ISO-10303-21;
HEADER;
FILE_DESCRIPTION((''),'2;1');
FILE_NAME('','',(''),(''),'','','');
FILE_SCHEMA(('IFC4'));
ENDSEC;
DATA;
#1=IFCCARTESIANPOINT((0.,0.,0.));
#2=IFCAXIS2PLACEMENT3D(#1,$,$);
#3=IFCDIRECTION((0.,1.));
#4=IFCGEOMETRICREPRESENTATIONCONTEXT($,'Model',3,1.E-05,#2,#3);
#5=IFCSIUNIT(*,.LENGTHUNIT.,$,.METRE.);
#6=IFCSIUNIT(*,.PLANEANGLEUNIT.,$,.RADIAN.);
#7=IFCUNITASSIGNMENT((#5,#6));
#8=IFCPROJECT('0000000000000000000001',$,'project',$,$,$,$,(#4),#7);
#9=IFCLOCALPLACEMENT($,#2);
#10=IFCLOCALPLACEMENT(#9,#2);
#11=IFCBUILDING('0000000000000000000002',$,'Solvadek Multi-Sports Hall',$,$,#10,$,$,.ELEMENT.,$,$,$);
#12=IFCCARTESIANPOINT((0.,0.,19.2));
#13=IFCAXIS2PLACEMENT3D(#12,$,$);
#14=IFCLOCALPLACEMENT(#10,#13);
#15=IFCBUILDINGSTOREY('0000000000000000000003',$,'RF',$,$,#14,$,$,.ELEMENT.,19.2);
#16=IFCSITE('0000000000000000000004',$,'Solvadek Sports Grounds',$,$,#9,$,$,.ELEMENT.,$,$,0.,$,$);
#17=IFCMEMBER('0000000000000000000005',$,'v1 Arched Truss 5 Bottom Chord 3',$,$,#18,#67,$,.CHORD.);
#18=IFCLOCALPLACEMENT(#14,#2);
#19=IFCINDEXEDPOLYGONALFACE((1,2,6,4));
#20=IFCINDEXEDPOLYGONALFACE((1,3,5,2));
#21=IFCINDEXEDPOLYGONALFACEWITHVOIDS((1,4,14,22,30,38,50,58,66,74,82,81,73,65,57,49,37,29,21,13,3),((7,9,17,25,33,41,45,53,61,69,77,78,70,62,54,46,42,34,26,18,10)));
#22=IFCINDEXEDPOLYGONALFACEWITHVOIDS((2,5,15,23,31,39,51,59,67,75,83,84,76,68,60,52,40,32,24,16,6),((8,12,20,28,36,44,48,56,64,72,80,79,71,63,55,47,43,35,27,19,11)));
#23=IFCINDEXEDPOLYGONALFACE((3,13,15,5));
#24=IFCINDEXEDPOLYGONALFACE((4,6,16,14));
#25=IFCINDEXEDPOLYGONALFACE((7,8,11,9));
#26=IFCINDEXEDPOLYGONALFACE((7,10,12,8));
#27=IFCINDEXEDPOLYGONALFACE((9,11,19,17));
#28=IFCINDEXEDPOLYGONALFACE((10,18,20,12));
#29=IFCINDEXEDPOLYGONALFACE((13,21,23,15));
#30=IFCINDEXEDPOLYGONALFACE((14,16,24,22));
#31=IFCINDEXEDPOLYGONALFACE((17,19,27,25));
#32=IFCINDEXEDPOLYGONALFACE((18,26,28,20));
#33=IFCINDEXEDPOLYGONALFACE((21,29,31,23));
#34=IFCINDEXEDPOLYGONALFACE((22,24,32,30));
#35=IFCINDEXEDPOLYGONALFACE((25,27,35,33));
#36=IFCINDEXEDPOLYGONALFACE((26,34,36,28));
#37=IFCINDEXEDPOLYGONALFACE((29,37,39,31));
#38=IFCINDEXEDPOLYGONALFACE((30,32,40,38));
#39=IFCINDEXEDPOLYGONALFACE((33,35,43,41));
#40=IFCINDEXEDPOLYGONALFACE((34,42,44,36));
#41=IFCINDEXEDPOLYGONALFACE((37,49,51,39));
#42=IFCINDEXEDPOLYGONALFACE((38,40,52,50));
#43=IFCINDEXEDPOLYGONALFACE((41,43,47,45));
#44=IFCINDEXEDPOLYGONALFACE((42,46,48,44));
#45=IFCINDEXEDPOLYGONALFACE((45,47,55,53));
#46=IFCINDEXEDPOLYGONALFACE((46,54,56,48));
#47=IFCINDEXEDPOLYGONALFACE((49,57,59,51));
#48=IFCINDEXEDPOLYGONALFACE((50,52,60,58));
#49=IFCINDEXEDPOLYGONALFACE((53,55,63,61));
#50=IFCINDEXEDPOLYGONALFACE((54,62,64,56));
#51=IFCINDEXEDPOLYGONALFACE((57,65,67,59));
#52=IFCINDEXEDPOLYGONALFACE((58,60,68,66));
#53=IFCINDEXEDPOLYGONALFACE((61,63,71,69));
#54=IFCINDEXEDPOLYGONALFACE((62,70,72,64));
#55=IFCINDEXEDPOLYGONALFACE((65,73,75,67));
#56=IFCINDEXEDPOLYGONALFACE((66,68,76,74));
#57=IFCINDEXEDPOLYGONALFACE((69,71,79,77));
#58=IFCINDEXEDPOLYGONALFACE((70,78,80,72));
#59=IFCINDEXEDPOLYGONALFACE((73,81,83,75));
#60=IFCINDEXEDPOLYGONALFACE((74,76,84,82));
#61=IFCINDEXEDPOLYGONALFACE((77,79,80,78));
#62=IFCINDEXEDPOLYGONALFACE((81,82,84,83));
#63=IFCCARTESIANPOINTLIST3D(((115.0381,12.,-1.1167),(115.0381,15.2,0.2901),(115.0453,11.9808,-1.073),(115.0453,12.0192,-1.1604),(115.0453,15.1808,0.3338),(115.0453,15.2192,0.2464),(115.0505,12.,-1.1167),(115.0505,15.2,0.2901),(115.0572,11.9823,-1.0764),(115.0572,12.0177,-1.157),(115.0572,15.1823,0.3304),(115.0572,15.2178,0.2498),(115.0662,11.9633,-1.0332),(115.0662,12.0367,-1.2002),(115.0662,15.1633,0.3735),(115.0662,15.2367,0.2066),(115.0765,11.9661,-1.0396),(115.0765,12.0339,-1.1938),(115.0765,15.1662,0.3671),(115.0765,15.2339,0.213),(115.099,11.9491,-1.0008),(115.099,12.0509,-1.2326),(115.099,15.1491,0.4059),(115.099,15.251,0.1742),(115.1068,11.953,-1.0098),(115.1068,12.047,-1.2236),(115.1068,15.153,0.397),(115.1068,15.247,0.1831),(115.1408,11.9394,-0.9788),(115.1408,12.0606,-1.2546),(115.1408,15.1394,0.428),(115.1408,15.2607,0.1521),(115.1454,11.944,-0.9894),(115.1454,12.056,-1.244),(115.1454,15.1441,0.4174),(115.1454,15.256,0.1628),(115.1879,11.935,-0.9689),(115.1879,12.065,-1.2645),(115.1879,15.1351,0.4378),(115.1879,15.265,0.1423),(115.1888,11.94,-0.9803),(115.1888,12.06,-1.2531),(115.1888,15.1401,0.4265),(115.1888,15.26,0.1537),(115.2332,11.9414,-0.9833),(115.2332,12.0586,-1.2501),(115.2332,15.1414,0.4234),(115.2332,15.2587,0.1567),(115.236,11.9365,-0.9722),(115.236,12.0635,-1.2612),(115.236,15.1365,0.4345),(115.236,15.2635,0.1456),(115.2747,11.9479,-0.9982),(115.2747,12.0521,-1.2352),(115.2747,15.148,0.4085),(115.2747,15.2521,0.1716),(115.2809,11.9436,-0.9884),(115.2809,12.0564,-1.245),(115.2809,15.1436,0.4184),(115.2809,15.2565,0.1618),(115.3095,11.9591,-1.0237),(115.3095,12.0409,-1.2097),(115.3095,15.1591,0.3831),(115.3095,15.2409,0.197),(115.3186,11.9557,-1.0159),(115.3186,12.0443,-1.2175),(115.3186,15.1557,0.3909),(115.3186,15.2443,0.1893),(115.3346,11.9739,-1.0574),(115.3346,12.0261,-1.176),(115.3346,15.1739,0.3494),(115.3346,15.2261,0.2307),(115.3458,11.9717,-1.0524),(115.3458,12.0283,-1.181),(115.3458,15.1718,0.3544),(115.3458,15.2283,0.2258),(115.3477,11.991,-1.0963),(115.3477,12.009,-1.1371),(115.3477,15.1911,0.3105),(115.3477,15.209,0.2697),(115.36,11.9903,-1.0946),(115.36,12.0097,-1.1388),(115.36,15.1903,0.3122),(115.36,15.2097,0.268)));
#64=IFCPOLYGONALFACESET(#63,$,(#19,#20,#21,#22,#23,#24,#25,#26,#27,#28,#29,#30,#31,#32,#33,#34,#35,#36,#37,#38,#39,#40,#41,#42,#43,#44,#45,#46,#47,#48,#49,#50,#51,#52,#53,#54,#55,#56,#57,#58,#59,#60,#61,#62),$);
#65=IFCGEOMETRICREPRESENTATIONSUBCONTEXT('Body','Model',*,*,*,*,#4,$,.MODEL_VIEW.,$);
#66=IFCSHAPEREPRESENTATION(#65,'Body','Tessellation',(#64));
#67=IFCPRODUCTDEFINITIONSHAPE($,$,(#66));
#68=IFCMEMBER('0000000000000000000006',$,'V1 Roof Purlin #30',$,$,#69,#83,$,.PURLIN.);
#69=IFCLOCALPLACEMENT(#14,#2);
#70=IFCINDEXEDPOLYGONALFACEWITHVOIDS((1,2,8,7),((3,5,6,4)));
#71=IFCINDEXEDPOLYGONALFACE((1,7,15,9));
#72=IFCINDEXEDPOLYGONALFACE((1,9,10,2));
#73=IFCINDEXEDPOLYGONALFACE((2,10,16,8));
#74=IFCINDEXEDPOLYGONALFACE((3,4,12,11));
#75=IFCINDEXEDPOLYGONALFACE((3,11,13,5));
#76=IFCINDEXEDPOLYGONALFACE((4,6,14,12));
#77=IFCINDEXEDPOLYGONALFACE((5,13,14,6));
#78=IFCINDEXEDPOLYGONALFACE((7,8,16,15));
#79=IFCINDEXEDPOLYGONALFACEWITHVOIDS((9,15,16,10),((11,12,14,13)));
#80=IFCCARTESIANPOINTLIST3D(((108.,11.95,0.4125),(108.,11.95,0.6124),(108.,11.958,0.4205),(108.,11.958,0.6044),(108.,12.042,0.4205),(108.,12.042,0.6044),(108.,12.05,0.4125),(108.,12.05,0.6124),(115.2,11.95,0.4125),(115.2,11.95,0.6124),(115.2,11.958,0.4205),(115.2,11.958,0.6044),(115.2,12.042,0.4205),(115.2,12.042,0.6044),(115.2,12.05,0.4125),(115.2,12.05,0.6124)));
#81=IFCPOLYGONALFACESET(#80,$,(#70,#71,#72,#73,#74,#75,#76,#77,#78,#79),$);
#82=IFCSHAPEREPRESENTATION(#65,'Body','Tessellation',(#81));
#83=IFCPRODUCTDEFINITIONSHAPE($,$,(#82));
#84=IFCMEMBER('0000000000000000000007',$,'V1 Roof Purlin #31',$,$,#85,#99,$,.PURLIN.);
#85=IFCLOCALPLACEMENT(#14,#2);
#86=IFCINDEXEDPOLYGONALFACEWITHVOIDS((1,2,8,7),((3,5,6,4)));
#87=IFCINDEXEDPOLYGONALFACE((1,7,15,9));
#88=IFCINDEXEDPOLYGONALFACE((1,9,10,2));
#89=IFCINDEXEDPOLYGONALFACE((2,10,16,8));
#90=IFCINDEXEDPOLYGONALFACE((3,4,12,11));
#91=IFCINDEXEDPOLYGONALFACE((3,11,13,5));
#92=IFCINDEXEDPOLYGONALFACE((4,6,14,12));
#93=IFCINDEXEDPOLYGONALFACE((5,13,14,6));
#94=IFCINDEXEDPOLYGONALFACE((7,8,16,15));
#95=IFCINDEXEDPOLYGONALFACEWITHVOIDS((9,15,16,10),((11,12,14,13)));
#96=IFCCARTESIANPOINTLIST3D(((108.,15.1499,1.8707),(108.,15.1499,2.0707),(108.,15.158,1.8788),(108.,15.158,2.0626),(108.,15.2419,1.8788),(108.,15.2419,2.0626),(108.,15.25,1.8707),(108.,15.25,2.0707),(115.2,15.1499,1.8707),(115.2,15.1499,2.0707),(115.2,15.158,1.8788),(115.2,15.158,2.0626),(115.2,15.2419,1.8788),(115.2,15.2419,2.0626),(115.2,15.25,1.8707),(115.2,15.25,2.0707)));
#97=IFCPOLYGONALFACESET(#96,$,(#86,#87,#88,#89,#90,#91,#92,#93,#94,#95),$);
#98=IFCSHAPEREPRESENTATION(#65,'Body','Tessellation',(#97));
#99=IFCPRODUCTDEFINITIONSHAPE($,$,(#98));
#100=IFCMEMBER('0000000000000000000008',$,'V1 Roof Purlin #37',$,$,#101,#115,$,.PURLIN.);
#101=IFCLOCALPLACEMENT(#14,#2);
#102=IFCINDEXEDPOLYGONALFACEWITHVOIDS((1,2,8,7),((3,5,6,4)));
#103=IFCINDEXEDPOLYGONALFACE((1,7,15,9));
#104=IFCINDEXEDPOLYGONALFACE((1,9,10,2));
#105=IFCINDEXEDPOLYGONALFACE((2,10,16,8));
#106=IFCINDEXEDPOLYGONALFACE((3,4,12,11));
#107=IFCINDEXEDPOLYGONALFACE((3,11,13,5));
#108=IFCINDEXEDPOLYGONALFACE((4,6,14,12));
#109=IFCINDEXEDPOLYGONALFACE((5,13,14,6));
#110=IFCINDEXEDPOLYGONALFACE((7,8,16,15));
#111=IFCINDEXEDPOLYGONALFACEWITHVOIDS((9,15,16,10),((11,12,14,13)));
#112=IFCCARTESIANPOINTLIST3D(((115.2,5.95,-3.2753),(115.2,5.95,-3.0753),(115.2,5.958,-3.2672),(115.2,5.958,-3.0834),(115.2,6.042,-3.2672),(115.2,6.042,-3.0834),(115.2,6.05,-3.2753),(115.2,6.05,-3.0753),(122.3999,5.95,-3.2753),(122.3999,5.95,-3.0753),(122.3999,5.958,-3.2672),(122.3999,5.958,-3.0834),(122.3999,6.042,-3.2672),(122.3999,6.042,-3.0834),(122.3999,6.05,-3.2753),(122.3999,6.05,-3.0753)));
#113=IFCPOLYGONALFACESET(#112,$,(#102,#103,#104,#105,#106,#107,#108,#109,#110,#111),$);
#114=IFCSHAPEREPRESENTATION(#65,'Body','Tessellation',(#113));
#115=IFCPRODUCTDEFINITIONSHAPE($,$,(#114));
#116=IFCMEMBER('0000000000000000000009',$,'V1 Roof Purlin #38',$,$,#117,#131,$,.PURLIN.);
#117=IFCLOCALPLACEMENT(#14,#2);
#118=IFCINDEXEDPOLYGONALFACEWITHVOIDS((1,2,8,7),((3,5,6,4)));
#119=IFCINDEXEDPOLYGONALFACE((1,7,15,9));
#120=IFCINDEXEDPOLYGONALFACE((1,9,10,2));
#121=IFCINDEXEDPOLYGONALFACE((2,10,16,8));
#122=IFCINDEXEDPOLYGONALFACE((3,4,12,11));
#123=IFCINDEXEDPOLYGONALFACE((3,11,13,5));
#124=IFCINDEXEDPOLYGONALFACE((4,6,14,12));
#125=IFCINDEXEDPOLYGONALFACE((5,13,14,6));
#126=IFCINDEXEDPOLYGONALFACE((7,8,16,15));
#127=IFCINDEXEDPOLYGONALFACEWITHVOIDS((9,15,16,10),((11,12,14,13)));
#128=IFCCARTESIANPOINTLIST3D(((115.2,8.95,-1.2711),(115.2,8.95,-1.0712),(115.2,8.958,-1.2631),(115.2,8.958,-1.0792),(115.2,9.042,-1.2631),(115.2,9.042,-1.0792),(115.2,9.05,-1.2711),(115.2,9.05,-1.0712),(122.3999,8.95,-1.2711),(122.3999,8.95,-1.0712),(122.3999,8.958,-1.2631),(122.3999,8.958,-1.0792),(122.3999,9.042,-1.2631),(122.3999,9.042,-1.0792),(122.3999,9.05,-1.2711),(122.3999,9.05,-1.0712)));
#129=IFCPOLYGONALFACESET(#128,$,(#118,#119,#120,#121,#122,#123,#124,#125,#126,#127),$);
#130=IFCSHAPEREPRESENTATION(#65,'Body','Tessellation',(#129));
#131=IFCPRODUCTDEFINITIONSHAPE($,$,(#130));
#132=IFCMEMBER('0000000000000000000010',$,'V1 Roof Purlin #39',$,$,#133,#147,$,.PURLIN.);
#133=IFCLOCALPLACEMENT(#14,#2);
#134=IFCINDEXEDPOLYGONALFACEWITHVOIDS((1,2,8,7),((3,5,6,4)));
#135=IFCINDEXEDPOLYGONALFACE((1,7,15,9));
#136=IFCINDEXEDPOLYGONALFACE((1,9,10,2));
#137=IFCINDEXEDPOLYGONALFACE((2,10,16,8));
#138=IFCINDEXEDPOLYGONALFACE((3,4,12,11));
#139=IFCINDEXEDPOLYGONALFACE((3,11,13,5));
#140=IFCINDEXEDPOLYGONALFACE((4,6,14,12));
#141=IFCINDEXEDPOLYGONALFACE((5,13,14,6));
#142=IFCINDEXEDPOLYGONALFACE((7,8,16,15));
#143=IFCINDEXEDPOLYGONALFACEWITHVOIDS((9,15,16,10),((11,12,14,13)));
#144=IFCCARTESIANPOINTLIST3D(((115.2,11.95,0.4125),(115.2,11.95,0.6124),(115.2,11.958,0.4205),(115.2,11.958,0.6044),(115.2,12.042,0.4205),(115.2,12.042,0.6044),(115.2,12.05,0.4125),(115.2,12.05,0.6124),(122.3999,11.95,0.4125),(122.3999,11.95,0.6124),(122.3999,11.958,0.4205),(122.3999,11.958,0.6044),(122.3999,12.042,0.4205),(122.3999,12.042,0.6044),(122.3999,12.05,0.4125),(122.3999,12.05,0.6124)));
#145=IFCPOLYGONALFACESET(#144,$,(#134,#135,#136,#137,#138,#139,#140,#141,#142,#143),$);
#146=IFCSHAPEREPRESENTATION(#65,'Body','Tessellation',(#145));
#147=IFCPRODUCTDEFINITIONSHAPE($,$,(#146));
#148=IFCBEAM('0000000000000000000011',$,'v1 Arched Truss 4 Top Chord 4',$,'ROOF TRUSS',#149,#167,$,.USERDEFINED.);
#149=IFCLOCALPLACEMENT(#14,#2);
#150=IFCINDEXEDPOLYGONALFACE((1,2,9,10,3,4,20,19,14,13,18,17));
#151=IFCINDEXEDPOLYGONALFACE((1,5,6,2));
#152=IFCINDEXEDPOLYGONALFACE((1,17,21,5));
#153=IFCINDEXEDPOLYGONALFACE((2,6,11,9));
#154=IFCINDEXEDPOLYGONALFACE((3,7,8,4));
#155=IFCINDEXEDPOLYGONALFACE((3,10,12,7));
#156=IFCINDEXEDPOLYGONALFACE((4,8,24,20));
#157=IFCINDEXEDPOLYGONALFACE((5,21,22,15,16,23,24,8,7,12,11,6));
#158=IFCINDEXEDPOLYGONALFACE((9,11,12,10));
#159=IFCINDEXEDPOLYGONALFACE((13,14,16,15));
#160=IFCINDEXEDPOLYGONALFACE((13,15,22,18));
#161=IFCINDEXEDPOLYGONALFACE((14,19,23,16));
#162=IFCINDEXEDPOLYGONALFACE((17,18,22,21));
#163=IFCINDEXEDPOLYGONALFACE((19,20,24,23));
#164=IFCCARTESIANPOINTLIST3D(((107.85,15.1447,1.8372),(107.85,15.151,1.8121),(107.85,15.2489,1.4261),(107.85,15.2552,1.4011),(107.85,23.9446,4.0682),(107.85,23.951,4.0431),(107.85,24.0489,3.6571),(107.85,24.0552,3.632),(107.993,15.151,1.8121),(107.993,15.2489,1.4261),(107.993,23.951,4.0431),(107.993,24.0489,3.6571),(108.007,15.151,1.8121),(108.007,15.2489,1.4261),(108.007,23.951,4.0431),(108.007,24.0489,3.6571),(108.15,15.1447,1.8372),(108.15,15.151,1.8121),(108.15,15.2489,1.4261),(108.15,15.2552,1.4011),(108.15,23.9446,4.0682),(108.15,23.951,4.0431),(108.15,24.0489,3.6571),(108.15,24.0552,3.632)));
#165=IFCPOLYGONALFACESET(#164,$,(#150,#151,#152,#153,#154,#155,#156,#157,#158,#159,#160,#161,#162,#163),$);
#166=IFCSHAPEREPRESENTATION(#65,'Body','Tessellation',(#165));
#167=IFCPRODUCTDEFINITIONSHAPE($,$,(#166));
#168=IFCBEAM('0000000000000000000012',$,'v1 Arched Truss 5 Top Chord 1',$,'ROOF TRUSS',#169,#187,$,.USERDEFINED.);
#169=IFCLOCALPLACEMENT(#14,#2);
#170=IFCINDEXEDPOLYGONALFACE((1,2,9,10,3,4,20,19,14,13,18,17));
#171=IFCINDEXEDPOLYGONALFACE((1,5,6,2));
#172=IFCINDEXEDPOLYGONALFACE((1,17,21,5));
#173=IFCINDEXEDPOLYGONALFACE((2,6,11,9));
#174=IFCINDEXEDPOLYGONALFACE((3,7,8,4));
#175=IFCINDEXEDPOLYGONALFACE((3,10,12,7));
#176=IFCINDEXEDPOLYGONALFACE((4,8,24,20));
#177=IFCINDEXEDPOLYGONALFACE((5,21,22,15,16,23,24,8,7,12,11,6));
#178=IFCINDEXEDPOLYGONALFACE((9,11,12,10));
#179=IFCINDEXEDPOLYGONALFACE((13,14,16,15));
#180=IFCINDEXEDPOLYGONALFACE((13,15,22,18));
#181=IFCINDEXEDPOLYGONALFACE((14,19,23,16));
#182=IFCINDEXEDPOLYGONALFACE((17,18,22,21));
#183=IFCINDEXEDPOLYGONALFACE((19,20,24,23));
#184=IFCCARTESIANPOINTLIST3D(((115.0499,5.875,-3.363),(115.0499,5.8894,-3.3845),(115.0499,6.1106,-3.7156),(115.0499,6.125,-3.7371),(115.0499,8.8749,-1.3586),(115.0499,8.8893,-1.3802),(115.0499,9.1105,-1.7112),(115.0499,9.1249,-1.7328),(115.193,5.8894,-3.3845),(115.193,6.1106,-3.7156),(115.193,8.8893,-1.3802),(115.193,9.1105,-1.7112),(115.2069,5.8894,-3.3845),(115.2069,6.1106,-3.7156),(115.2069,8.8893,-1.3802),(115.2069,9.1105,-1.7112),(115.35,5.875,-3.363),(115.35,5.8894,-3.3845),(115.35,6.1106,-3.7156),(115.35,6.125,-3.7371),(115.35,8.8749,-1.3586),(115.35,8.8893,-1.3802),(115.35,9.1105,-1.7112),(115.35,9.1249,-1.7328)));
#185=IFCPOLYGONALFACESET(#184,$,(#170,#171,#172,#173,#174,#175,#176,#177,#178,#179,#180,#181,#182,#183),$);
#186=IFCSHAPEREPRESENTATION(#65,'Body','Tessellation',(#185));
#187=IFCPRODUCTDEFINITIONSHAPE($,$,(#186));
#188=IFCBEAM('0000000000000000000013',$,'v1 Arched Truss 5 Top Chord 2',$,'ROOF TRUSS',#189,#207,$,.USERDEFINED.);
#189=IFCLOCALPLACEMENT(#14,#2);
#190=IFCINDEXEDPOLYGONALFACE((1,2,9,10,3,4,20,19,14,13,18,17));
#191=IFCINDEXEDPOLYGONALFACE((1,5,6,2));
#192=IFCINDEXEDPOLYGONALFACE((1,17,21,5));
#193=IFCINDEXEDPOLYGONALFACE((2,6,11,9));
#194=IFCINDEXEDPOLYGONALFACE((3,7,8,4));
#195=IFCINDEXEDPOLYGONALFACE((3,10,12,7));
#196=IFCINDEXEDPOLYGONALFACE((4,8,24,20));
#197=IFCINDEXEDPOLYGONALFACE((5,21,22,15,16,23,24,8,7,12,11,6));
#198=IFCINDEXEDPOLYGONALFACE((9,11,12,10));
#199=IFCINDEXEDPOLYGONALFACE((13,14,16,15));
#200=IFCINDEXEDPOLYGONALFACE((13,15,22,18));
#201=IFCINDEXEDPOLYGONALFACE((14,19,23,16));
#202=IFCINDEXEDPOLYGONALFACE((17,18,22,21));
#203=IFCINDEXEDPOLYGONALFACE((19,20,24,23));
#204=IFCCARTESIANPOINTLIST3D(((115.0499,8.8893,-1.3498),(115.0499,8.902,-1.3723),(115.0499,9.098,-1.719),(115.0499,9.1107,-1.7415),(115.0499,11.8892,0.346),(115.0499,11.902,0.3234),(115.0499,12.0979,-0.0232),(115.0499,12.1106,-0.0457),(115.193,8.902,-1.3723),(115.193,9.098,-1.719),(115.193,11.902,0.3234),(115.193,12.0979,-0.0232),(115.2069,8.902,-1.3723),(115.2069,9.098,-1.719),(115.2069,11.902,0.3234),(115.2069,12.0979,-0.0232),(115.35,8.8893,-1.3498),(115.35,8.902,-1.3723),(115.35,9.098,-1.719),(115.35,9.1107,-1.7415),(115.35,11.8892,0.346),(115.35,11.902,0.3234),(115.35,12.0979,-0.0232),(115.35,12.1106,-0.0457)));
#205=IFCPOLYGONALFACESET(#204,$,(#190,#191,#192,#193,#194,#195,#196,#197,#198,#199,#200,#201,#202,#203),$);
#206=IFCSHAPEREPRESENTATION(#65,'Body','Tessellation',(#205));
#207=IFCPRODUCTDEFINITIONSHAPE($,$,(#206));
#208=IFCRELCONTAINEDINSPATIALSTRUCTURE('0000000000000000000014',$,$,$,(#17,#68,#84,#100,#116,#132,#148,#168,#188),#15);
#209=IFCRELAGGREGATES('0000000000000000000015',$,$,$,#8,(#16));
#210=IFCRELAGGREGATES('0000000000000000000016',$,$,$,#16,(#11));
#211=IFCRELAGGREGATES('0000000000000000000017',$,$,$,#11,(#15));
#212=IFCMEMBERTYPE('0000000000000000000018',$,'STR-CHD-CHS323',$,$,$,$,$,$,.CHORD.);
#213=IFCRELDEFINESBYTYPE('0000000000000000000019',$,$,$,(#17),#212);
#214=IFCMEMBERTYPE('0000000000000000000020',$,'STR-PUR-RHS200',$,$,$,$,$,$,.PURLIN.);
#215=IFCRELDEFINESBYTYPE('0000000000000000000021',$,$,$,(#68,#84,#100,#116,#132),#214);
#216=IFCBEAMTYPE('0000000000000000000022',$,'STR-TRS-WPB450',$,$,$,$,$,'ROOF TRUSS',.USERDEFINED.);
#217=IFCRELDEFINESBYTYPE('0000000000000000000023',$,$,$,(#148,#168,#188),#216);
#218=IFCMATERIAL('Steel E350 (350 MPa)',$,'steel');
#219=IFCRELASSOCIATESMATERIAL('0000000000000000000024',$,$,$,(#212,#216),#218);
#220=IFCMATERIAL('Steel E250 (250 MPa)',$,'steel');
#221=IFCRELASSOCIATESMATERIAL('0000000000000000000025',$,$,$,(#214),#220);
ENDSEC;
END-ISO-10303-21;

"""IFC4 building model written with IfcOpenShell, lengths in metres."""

from ifc_helpers import new_model, si_unit, direction, frame, origin, origin_2d, place, context, subcontext, project, spatial, hollow_rectangle, hollow_circle, i_section, extrude, material, material_profile, profile_set, type_object, element, save


model = new_model("IFC4")

# Units and contexts
model_context = context("Model", 3, precision=1e-05, world=origin(), true_north=direction((0.0, 1.0)))
body_context = subcontext(model_context, "Body", "Model", "MODEL_VIEW")
ifc_project = project(units=[si_unit("LENGTHUNIT", "METRE"), si_unit("PLANEANGLEUNIT", "RADIAN")], contexts=[model_context])

# Site, building, storey
site_placement = place(None, origin())
site = spatial("IfcSite", under=ifc_project, at=site_placement, Name="Solvadek Sports Grounds", CompositionType="ELEMENT", RefElevation=0.0)
building_placement = place(site_placement, origin())
building = spatial("IfcBuilding", under=site, at=building_placement, Name="Solvadek Multi-Sports Hall", CompositionType="ELEMENT")
storey_placement = place(building_placement, frame((0.0, 0.0, 19.2)))
storey = spatial("IfcBuildingStorey", under=building, at=storey_placement, Name="RF", CompositionType="ELEMENT", Elevation=19.2)

# Shared definitions
ifc_material_1 = material(Name="Steel E350 (350 MPa)", Category="steel")

# Members
ifc_material_profile_1 = material_profile(ifc_material_1, hollow_circle(Radius=0.1619, WallThickness=0.0125, at=origin_2d()), Name="CHS 323.9x12.5")
ifc_profile_set_1 = profile_set([ifc_material_profile_1], Name="Steel E350 (350 MPa)")
member_type_1 = type_object("IfcMemberType", Name="STR-CHD-CHS323", PredefinedType="CHORD", material=ifc_profile_set_1)
member_1_placement = place(storey_placement, frame((115.2, 12.0, -1.1167), z_axis=(0.0, 0.915446, 0.402441), x_axis=(-1.0, 0.0, 0.0)))
element("IfcMember", 1, at=member_1_placement, inside=storey, type_object=member_type_1, Name="v1 Arched Truss 5 Bottom Chord 3", PredefinedType="CHORD", context=body_context, shape_type="SweptSolid", body=[
    extrude(hollow_circle(Radius=0.1619, WallThickness=0.0125, at=origin_2d()), origin(), (0.0, 0.0, 1.0), 3.4956),
])
ifc_material_2 = material(Name="Steel E250 (250 MPa)", Category="steel")
ifc_material_profile_2 = material_profile(ifc_material_2, hollow_rectangle(XDim=0.1001, YDim=0.2, WallThickness=0.0081, at=origin_2d()), Name="RHS 200x100x8")
ifc_profile_set_2 = profile_set([ifc_material_profile_2], Name="Steel E250 (250 MPa)")
member_type_2 = type_object("IfcMemberType", Name="STR-PUR-RHS200", PredefinedType="PURLIN", material=ifc_profile_set_2)
for number, where, z_axis, x_axis, name in (
    (2, (108.0, 12.0, 0.5125), (1.0, 0.0, 0.0), (0.0, 1.0, 0.0), "V1 Roof Purlin #30"),
    (3, (108.0, 15.2, 1.9707), (1.0, 0.0, 0.0), (0.0, 1.0, 0.0), "V1 Roof Purlin #31"),
    (4, (115.2, 6.0, -3.1753), (1.0, 0.0, 0.0), (0.0, 1.0, 0.0), "V1 Roof Purlin #37"),
    (5, (115.2, 9.0, -1.1711), (1.0, 0.0, 0.0), (0.0, 1.0, 0.0), "V1 Roof Purlin #38"),
    (6, (115.2, 12.0, 0.5125), (1.0, 0.0, 0.0), (0.0, 1.0, 0.0), "V1 Roof Purlin #39"),
):
    element("IfcMember", number, at=place(storey_placement, frame(where, z_axis=z_axis, x_axis=x_axis)), inside=storey, type_object=member_type_2, Name=name, PredefinedType="PURLIN", context=body_context, shape_type="SweptSolid", body=[
        extrude(hollow_rectangle(XDim=0.1001, YDim=0.2, WallThickness=0.0081, at=origin_2d()), origin(), (0.0, 0.0, 1.0), 7.2),
    ])

# Beams
ifc_material_profile_3 = material_profile(ifc_material_1, i_section(OverallWidth=0.3, OverallDepth=0.45, WebThickness=0.0139, FlangeThickness=0.0259, at=origin_2d()), Name="WPB 450")
ifc_profile_set_3 = profile_set([ifc_material_profile_3], Name="Steel E350 (350 MPa)")
beam_type = type_object("IfcBeamType", Name="STR-TRS-WPB450", ElementType="ROOF TRUSS", PredefinedType="USERDEFINED", material=ifc_profile_set_3)
beam_1_placement = place(storey_placement, frame((108.0, 15.2, 1.6191), z_axis=(0.0, 0.969335, 0.245742), x_axis=(-1.0, 0.0, 0.0)))
element("IfcBeam", 7, at=beam_1_placement, inside=storey, type_object=beam_type, Name="v1 Arched Truss 4 Top Chord 4", ObjectType="ROOF TRUSS", PredefinedType="USERDEFINED", context=body_context, shape_type="SweptSolid", body=[
    extrude(i_section(OverallWidth=0.3, OverallDepth=0.45, WebThickness=0.0139, FlangeThickness=0.0259, at=origin_2d()), origin(), (0.0, 0.0, 1.0), 9.0784),
])
beam_2_placement = place(storey_placement, frame((115.2, 6.0, -3.55), z_axis=(0.0, 0.831488, 0.555543), x_axis=(-1.0, 0.0, 0.0)))
element("IfcBeam", 8, at=beam_2_placement, inside=storey, type_object=beam_type, Name="v1 Arched Truss 5 Top Chord 1", ObjectType="ROOF TRUSS", PredefinedType="USERDEFINED", context=body_context, shape_type="SweptSolid", body=[
    extrude(i_section(OverallWidth=0.3, OverallDepth=0.45, WebThickness=0.0139, FlangeThickness=0.0259, at=origin_2d()), origin(), (0.0, 0.0, 1.0), 3.6079),
])
beam_3_placement = place(storey_placement, frame((115.2, 9.0, -1.5457), z_axis=(0.0, 0.870544, 0.49209), x_axis=(-1.0, 0.0, 0.0)))
element("IfcBeam", 9, at=beam_3_placement, inside=storey, type_object=beam_type, Name="v1 Arched Truss 5 Top Chord 2", ObjectType="ROOF TRUSS", PredefinedType="USERDEFINED", context=body_context, shape_type="SweptSolid", body=[
    extrude(i_section(OverallWidth=0.3, OverallDepth=0.45, WebThickness=0.0139, FlangeThickness=0.0259, at=origin_2d()), origin(), (0.0, 0.0, 1.0), 3.446),
])

save(model, "model.ifc")
